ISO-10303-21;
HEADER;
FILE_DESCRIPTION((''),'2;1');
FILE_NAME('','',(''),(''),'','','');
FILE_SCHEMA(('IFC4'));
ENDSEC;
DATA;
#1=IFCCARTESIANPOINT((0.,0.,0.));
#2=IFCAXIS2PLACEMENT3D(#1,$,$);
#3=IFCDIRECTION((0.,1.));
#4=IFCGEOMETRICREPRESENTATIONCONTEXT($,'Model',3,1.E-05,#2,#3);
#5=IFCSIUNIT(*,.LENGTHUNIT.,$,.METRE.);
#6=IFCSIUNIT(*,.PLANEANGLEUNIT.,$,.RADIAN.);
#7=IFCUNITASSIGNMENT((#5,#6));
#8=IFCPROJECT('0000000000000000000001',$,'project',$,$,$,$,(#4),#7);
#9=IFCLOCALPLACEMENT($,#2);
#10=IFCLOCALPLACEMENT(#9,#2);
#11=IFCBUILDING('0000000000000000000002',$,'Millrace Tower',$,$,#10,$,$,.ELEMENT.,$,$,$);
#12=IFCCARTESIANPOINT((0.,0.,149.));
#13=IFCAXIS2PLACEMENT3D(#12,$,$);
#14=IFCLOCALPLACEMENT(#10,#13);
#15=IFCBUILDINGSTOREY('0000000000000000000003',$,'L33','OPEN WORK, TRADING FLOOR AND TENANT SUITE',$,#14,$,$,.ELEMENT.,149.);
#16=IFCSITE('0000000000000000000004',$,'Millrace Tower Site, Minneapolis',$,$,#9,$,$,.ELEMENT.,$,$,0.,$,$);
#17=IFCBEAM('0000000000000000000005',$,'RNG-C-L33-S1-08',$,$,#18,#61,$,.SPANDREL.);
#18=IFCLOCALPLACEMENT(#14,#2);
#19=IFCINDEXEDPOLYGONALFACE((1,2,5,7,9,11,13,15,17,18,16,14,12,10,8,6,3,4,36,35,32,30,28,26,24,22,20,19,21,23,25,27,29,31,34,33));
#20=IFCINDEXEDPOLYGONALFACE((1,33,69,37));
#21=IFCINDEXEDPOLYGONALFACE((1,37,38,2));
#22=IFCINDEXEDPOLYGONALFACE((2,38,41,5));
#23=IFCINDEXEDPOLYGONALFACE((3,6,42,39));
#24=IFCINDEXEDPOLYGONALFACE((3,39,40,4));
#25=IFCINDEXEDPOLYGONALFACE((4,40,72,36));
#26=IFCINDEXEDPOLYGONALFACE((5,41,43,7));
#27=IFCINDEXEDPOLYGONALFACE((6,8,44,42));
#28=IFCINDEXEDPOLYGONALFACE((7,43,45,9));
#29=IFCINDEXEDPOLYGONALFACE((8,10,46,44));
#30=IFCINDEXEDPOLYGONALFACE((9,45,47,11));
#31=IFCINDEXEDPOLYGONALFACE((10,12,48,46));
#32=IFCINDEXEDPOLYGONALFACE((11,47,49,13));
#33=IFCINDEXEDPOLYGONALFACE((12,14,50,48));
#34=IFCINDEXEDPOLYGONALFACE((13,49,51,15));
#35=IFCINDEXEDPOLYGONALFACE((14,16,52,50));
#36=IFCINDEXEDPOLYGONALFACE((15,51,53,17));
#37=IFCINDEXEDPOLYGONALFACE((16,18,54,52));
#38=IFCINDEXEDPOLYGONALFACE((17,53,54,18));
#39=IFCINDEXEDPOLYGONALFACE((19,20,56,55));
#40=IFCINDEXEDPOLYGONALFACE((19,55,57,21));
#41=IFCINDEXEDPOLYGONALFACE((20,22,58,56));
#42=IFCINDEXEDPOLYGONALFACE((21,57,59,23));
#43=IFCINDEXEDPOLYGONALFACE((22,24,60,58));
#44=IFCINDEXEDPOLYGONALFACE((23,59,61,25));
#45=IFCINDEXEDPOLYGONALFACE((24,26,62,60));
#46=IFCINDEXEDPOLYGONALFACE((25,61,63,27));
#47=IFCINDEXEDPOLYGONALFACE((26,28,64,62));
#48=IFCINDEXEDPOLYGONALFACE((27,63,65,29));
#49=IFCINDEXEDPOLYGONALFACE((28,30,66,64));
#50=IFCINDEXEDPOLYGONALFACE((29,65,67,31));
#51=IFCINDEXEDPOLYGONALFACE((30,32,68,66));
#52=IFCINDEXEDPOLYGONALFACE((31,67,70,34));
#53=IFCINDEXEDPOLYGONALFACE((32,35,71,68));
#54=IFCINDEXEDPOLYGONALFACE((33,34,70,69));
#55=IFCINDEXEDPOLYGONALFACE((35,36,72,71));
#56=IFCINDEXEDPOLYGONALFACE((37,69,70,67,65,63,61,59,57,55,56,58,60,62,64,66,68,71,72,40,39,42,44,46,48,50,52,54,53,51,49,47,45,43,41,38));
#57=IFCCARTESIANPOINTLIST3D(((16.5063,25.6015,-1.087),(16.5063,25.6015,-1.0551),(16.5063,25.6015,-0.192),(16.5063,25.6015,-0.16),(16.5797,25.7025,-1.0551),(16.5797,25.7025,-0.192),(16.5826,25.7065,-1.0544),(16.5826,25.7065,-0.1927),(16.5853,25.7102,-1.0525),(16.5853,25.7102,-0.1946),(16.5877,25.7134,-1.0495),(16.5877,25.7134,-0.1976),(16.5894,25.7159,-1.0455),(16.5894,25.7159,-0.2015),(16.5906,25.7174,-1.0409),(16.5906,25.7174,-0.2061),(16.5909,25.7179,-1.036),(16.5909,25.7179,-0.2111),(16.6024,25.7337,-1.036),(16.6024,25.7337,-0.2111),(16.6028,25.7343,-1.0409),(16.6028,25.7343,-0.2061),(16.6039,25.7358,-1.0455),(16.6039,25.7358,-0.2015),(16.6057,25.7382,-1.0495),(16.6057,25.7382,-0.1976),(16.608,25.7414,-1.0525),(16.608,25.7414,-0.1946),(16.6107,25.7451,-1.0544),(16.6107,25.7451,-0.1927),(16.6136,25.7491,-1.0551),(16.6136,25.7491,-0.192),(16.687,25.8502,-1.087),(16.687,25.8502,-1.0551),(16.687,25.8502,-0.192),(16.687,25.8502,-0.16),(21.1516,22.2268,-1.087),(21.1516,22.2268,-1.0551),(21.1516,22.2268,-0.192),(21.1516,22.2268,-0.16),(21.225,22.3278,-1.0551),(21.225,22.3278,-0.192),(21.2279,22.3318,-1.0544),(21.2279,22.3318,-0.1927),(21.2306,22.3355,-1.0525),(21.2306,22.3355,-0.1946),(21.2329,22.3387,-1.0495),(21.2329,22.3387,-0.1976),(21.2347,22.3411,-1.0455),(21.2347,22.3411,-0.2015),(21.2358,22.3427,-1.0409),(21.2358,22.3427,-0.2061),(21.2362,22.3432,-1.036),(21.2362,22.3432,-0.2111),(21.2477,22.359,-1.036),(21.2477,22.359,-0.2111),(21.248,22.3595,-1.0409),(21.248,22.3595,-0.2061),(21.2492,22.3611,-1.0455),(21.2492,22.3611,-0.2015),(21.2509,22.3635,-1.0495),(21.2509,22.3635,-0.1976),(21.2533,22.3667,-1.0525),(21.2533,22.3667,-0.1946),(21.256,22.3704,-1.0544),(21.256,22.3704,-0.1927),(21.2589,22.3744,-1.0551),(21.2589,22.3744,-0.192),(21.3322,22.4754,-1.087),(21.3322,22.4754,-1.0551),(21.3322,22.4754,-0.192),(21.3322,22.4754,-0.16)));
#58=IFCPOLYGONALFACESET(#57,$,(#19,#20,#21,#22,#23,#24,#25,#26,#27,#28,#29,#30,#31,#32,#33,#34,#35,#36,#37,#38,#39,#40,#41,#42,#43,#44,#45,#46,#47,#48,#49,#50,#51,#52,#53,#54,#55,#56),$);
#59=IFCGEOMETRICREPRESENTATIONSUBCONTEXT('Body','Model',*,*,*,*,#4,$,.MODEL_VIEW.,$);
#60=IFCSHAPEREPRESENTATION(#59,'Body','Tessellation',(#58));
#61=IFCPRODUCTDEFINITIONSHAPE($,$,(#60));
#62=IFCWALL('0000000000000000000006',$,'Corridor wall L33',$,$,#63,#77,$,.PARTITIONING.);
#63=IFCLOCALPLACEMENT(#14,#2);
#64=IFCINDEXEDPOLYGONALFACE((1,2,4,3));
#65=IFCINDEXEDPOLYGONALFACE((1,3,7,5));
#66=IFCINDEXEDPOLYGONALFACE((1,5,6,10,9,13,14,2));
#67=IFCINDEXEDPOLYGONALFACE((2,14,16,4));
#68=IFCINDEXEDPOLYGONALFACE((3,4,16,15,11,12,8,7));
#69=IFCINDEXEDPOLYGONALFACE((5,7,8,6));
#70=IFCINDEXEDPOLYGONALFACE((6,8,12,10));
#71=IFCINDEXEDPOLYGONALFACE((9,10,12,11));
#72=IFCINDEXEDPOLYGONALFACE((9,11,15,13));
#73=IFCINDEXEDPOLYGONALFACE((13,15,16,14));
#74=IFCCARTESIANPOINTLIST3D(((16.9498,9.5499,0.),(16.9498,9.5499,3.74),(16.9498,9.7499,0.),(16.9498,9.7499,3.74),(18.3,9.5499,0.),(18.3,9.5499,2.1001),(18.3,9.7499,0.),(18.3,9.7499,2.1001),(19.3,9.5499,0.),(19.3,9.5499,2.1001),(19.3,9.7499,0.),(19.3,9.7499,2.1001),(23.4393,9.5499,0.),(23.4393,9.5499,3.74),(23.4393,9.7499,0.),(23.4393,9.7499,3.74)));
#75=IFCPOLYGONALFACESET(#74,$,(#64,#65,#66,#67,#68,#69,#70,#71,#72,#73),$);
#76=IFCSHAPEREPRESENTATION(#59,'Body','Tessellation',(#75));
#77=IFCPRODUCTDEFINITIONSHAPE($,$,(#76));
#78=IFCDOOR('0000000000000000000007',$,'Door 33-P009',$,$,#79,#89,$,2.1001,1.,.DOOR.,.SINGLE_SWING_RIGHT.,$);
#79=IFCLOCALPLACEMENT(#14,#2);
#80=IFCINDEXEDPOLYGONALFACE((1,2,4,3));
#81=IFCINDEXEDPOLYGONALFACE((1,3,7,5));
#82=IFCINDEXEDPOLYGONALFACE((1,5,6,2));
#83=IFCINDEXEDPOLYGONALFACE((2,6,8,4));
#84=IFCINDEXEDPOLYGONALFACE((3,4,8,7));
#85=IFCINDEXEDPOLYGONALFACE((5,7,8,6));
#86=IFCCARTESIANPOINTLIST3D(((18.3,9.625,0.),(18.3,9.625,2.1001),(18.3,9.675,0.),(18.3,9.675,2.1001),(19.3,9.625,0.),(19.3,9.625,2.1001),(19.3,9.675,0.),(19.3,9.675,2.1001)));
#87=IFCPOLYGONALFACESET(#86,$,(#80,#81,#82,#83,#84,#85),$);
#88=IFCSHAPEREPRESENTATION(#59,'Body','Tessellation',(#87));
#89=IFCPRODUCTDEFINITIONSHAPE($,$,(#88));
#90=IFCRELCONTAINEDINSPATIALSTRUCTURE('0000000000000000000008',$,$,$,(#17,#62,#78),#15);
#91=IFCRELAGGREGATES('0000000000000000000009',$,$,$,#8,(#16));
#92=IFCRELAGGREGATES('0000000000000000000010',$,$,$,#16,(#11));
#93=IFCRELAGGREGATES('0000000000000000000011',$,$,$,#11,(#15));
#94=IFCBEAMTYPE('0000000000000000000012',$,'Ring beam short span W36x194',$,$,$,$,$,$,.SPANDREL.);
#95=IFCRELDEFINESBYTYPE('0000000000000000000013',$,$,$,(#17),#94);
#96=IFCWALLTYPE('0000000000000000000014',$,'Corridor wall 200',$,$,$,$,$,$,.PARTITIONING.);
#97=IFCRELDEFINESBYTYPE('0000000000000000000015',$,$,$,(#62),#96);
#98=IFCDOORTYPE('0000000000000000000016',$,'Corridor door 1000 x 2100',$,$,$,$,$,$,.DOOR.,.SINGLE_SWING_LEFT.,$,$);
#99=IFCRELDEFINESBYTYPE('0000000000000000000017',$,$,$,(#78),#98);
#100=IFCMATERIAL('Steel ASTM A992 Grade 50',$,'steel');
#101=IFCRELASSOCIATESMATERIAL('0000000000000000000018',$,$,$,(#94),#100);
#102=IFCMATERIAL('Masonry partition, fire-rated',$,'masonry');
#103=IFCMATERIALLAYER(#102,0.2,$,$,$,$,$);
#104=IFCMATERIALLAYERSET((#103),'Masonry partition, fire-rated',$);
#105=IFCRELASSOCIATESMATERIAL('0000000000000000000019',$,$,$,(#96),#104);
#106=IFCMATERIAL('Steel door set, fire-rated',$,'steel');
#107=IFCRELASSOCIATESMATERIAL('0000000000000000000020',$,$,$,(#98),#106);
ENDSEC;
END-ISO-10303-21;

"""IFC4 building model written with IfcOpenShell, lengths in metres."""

from ifc_helpers import new_model, si_unit, direction, frame, frame_2d, origin, origin_2d, place, context, subcontext, project, spatial, rectangle, i_section, extrude, material, layer, layer_set, material_profile, profile_set, type_object, element, fill, save


model = new_model("IFC4")

# Units and contexts
model_context = context("Model", 3, precision=1e-05, world=origin(), true_north=direction((0.0, 1.0)))
body_context = subcontext(model_context, "Body", "Model", "MODEL_VIEW")
ifc_project = project(units=[si_unit("LENGTHUNIT", "METRE"), si_unit("PLANEANGLEUNIT", "RADIAN")], contexts=[model_context])

# Site, building, storey
site_placement = place(None, origin())
site = spatial("IfcSite", under=ifc_project, at=site_placement, Name="Millrace Tower Site, Minneapolis", CompositionType="ELEMENT", RefElevation=0.0)
building_placement = place(site_placement, origin())
building = spatial("IfcBuilding", under=site, at=building_placement, Name="Millrace Tower", CompositionType="ELEMENT")
storey_placement = place(building_placement, frame((0.0, 0.0, 149.0)))
storey = spatial("IfcBuildingStorey", under=building, at=storey_placement, Name="L33", Description="OPEN WORK, TRADING FLOOR AND TENANT SUITE", CompositionType="ELEMENT", Elevation=149.0)

# Beam
ifc_material_1 = material(Name="Steel ASTM A992 Grade 50", Category="steel")
ifc_material_profile_1 = material_profile(ifc_material_1, i_section(OverallWidth=0.3074, OverallDepth=0.927, WebThickness=0.0195, FlangeThickness=0.032, FilletRadius=0.019, at=origin_2d()))
ifc_profile_set_1 = profile_set([ifc_material_profile_1], Name="Steel ASTM A992 Grade 50")
beam_type_1 = type_object("IfcBeamType", Name="Ring beam short span W36x194", PredefinedType="SPANDREL", material=ifc_profile_set_1)
beam_1_placement = place(storey_placement, frame((16.5967, 25.7258, -0.6235), z_axis=(0.809036, -0.58776, 0.0), x_axis=(0.58776, 0.809036, 0.0)))
element("IfcBeam", 1, at=beam_1_placement, inside=storey, type_object=beam_type_1, Name="RNG-C-L33-S1-08", PredefinedType="SPANDREL", context=body_context, shape_type="SweptSolid", body=[
    extrude(i_section(OverallWidth=0.3074, OverallDepth=0.927, WebThickness=0.0195, FlangeThickness=0.032, FilletRadius=0.019, at=origin_2d()), origin(), (0.0, 0.0, 1.0), 5.7417),
])

# Wall, opening, door
ifc_material_2 = material(Name="Masonry partition, fire-rated", Category="masonry")
ifc_layer_1 = layer(ifc_material_2, 0.2)
ifc_layer_set_1 = layer_set([ifc_layer_1], Name="Masonry partition, fire-rated")
wall_type = type_object("IfcWallType", Name="Corridor wall 200", PredefinedType="PARTITIONING", material=ifc_layer_set_1)
wall_placement = place(storey_placement, frame((16.95, 9.6499, 0.0), z_axis=(0.0, 0.0, 1.0), x_axis=(1.0, 0.0, 0.0)))
wall = element("IfcWall", 2, at=wall_placement, inside=storey, type_object=wall_type, Name="Corridor wall L33", PredefinedType="PARTITIONING", context=body_context, shape_type="SweptSolid", body=[
    extrude(rectangle(XDim=6.4895, YDim=0.2, at=frame_2d((3.2446, 0.0))), origin(), (0.0, 0.0, 1.0), 3.74),
])
opening_placement = place(wall_placement, frame((1.3501, 0.0, 0.0)))
opening = element("IfcOpeningElement", 3, at=opening_placement, cuts=wall, PredefinedType="OPENING", context=body_context, shape_type="SweptSolid", body=[
    extrude(rectangle(XDim=1.0, YDim=2.1001, at=frame_2d((0.5, 1.05))), frame((0.0, 0.1099, 0.0), z_axis=(0.0, -1.0, 0.0), x_axis=(1.0, 0.0, 0.0)), (0.0, 0.0, 1.0), 0.22),
])
ifc_material_3 = material(Name="Steel door set, fire-rated", Category="steel")
door_type = type_object("IfcDoorType", Name="Corridor door 1000 x 2100", OperationType="SINGLE_SWING_LEFT", PredefinedType="DOOR", material=ifc_material_3)
door_placement = place(opening_placement, frame((1.0, 0.0, 0.0), z_axis=(0.0, 0.0, 1.0), x_axis=(-1.0, 0.0, 0.0)))
door = element("IfcDoor", 4, at=door_placement, inside=storey, type_object=door_type, Name="Door 33-P009", OperationType="SINGLE_SWING_RIGHT", OverallHeight=2.1001, OverallWidth=1.0, PredefinedType="DOOR", context=body_context, shape_type="SweptSolid", body=[
    extrude(rectangle(XDim=1.0, YDim=2.1001, at=frame_2d((0.5, 1.05))), frame((0.0, 0.0249, 0.0), z_axis=(0.0, -1.0, 0.0), x_axis=(1.0, 0.0, 0.0)), (0.0, 0.0, 1.0), 0.05),
])
fill(opening, door)

save(model, "model.ifc")
